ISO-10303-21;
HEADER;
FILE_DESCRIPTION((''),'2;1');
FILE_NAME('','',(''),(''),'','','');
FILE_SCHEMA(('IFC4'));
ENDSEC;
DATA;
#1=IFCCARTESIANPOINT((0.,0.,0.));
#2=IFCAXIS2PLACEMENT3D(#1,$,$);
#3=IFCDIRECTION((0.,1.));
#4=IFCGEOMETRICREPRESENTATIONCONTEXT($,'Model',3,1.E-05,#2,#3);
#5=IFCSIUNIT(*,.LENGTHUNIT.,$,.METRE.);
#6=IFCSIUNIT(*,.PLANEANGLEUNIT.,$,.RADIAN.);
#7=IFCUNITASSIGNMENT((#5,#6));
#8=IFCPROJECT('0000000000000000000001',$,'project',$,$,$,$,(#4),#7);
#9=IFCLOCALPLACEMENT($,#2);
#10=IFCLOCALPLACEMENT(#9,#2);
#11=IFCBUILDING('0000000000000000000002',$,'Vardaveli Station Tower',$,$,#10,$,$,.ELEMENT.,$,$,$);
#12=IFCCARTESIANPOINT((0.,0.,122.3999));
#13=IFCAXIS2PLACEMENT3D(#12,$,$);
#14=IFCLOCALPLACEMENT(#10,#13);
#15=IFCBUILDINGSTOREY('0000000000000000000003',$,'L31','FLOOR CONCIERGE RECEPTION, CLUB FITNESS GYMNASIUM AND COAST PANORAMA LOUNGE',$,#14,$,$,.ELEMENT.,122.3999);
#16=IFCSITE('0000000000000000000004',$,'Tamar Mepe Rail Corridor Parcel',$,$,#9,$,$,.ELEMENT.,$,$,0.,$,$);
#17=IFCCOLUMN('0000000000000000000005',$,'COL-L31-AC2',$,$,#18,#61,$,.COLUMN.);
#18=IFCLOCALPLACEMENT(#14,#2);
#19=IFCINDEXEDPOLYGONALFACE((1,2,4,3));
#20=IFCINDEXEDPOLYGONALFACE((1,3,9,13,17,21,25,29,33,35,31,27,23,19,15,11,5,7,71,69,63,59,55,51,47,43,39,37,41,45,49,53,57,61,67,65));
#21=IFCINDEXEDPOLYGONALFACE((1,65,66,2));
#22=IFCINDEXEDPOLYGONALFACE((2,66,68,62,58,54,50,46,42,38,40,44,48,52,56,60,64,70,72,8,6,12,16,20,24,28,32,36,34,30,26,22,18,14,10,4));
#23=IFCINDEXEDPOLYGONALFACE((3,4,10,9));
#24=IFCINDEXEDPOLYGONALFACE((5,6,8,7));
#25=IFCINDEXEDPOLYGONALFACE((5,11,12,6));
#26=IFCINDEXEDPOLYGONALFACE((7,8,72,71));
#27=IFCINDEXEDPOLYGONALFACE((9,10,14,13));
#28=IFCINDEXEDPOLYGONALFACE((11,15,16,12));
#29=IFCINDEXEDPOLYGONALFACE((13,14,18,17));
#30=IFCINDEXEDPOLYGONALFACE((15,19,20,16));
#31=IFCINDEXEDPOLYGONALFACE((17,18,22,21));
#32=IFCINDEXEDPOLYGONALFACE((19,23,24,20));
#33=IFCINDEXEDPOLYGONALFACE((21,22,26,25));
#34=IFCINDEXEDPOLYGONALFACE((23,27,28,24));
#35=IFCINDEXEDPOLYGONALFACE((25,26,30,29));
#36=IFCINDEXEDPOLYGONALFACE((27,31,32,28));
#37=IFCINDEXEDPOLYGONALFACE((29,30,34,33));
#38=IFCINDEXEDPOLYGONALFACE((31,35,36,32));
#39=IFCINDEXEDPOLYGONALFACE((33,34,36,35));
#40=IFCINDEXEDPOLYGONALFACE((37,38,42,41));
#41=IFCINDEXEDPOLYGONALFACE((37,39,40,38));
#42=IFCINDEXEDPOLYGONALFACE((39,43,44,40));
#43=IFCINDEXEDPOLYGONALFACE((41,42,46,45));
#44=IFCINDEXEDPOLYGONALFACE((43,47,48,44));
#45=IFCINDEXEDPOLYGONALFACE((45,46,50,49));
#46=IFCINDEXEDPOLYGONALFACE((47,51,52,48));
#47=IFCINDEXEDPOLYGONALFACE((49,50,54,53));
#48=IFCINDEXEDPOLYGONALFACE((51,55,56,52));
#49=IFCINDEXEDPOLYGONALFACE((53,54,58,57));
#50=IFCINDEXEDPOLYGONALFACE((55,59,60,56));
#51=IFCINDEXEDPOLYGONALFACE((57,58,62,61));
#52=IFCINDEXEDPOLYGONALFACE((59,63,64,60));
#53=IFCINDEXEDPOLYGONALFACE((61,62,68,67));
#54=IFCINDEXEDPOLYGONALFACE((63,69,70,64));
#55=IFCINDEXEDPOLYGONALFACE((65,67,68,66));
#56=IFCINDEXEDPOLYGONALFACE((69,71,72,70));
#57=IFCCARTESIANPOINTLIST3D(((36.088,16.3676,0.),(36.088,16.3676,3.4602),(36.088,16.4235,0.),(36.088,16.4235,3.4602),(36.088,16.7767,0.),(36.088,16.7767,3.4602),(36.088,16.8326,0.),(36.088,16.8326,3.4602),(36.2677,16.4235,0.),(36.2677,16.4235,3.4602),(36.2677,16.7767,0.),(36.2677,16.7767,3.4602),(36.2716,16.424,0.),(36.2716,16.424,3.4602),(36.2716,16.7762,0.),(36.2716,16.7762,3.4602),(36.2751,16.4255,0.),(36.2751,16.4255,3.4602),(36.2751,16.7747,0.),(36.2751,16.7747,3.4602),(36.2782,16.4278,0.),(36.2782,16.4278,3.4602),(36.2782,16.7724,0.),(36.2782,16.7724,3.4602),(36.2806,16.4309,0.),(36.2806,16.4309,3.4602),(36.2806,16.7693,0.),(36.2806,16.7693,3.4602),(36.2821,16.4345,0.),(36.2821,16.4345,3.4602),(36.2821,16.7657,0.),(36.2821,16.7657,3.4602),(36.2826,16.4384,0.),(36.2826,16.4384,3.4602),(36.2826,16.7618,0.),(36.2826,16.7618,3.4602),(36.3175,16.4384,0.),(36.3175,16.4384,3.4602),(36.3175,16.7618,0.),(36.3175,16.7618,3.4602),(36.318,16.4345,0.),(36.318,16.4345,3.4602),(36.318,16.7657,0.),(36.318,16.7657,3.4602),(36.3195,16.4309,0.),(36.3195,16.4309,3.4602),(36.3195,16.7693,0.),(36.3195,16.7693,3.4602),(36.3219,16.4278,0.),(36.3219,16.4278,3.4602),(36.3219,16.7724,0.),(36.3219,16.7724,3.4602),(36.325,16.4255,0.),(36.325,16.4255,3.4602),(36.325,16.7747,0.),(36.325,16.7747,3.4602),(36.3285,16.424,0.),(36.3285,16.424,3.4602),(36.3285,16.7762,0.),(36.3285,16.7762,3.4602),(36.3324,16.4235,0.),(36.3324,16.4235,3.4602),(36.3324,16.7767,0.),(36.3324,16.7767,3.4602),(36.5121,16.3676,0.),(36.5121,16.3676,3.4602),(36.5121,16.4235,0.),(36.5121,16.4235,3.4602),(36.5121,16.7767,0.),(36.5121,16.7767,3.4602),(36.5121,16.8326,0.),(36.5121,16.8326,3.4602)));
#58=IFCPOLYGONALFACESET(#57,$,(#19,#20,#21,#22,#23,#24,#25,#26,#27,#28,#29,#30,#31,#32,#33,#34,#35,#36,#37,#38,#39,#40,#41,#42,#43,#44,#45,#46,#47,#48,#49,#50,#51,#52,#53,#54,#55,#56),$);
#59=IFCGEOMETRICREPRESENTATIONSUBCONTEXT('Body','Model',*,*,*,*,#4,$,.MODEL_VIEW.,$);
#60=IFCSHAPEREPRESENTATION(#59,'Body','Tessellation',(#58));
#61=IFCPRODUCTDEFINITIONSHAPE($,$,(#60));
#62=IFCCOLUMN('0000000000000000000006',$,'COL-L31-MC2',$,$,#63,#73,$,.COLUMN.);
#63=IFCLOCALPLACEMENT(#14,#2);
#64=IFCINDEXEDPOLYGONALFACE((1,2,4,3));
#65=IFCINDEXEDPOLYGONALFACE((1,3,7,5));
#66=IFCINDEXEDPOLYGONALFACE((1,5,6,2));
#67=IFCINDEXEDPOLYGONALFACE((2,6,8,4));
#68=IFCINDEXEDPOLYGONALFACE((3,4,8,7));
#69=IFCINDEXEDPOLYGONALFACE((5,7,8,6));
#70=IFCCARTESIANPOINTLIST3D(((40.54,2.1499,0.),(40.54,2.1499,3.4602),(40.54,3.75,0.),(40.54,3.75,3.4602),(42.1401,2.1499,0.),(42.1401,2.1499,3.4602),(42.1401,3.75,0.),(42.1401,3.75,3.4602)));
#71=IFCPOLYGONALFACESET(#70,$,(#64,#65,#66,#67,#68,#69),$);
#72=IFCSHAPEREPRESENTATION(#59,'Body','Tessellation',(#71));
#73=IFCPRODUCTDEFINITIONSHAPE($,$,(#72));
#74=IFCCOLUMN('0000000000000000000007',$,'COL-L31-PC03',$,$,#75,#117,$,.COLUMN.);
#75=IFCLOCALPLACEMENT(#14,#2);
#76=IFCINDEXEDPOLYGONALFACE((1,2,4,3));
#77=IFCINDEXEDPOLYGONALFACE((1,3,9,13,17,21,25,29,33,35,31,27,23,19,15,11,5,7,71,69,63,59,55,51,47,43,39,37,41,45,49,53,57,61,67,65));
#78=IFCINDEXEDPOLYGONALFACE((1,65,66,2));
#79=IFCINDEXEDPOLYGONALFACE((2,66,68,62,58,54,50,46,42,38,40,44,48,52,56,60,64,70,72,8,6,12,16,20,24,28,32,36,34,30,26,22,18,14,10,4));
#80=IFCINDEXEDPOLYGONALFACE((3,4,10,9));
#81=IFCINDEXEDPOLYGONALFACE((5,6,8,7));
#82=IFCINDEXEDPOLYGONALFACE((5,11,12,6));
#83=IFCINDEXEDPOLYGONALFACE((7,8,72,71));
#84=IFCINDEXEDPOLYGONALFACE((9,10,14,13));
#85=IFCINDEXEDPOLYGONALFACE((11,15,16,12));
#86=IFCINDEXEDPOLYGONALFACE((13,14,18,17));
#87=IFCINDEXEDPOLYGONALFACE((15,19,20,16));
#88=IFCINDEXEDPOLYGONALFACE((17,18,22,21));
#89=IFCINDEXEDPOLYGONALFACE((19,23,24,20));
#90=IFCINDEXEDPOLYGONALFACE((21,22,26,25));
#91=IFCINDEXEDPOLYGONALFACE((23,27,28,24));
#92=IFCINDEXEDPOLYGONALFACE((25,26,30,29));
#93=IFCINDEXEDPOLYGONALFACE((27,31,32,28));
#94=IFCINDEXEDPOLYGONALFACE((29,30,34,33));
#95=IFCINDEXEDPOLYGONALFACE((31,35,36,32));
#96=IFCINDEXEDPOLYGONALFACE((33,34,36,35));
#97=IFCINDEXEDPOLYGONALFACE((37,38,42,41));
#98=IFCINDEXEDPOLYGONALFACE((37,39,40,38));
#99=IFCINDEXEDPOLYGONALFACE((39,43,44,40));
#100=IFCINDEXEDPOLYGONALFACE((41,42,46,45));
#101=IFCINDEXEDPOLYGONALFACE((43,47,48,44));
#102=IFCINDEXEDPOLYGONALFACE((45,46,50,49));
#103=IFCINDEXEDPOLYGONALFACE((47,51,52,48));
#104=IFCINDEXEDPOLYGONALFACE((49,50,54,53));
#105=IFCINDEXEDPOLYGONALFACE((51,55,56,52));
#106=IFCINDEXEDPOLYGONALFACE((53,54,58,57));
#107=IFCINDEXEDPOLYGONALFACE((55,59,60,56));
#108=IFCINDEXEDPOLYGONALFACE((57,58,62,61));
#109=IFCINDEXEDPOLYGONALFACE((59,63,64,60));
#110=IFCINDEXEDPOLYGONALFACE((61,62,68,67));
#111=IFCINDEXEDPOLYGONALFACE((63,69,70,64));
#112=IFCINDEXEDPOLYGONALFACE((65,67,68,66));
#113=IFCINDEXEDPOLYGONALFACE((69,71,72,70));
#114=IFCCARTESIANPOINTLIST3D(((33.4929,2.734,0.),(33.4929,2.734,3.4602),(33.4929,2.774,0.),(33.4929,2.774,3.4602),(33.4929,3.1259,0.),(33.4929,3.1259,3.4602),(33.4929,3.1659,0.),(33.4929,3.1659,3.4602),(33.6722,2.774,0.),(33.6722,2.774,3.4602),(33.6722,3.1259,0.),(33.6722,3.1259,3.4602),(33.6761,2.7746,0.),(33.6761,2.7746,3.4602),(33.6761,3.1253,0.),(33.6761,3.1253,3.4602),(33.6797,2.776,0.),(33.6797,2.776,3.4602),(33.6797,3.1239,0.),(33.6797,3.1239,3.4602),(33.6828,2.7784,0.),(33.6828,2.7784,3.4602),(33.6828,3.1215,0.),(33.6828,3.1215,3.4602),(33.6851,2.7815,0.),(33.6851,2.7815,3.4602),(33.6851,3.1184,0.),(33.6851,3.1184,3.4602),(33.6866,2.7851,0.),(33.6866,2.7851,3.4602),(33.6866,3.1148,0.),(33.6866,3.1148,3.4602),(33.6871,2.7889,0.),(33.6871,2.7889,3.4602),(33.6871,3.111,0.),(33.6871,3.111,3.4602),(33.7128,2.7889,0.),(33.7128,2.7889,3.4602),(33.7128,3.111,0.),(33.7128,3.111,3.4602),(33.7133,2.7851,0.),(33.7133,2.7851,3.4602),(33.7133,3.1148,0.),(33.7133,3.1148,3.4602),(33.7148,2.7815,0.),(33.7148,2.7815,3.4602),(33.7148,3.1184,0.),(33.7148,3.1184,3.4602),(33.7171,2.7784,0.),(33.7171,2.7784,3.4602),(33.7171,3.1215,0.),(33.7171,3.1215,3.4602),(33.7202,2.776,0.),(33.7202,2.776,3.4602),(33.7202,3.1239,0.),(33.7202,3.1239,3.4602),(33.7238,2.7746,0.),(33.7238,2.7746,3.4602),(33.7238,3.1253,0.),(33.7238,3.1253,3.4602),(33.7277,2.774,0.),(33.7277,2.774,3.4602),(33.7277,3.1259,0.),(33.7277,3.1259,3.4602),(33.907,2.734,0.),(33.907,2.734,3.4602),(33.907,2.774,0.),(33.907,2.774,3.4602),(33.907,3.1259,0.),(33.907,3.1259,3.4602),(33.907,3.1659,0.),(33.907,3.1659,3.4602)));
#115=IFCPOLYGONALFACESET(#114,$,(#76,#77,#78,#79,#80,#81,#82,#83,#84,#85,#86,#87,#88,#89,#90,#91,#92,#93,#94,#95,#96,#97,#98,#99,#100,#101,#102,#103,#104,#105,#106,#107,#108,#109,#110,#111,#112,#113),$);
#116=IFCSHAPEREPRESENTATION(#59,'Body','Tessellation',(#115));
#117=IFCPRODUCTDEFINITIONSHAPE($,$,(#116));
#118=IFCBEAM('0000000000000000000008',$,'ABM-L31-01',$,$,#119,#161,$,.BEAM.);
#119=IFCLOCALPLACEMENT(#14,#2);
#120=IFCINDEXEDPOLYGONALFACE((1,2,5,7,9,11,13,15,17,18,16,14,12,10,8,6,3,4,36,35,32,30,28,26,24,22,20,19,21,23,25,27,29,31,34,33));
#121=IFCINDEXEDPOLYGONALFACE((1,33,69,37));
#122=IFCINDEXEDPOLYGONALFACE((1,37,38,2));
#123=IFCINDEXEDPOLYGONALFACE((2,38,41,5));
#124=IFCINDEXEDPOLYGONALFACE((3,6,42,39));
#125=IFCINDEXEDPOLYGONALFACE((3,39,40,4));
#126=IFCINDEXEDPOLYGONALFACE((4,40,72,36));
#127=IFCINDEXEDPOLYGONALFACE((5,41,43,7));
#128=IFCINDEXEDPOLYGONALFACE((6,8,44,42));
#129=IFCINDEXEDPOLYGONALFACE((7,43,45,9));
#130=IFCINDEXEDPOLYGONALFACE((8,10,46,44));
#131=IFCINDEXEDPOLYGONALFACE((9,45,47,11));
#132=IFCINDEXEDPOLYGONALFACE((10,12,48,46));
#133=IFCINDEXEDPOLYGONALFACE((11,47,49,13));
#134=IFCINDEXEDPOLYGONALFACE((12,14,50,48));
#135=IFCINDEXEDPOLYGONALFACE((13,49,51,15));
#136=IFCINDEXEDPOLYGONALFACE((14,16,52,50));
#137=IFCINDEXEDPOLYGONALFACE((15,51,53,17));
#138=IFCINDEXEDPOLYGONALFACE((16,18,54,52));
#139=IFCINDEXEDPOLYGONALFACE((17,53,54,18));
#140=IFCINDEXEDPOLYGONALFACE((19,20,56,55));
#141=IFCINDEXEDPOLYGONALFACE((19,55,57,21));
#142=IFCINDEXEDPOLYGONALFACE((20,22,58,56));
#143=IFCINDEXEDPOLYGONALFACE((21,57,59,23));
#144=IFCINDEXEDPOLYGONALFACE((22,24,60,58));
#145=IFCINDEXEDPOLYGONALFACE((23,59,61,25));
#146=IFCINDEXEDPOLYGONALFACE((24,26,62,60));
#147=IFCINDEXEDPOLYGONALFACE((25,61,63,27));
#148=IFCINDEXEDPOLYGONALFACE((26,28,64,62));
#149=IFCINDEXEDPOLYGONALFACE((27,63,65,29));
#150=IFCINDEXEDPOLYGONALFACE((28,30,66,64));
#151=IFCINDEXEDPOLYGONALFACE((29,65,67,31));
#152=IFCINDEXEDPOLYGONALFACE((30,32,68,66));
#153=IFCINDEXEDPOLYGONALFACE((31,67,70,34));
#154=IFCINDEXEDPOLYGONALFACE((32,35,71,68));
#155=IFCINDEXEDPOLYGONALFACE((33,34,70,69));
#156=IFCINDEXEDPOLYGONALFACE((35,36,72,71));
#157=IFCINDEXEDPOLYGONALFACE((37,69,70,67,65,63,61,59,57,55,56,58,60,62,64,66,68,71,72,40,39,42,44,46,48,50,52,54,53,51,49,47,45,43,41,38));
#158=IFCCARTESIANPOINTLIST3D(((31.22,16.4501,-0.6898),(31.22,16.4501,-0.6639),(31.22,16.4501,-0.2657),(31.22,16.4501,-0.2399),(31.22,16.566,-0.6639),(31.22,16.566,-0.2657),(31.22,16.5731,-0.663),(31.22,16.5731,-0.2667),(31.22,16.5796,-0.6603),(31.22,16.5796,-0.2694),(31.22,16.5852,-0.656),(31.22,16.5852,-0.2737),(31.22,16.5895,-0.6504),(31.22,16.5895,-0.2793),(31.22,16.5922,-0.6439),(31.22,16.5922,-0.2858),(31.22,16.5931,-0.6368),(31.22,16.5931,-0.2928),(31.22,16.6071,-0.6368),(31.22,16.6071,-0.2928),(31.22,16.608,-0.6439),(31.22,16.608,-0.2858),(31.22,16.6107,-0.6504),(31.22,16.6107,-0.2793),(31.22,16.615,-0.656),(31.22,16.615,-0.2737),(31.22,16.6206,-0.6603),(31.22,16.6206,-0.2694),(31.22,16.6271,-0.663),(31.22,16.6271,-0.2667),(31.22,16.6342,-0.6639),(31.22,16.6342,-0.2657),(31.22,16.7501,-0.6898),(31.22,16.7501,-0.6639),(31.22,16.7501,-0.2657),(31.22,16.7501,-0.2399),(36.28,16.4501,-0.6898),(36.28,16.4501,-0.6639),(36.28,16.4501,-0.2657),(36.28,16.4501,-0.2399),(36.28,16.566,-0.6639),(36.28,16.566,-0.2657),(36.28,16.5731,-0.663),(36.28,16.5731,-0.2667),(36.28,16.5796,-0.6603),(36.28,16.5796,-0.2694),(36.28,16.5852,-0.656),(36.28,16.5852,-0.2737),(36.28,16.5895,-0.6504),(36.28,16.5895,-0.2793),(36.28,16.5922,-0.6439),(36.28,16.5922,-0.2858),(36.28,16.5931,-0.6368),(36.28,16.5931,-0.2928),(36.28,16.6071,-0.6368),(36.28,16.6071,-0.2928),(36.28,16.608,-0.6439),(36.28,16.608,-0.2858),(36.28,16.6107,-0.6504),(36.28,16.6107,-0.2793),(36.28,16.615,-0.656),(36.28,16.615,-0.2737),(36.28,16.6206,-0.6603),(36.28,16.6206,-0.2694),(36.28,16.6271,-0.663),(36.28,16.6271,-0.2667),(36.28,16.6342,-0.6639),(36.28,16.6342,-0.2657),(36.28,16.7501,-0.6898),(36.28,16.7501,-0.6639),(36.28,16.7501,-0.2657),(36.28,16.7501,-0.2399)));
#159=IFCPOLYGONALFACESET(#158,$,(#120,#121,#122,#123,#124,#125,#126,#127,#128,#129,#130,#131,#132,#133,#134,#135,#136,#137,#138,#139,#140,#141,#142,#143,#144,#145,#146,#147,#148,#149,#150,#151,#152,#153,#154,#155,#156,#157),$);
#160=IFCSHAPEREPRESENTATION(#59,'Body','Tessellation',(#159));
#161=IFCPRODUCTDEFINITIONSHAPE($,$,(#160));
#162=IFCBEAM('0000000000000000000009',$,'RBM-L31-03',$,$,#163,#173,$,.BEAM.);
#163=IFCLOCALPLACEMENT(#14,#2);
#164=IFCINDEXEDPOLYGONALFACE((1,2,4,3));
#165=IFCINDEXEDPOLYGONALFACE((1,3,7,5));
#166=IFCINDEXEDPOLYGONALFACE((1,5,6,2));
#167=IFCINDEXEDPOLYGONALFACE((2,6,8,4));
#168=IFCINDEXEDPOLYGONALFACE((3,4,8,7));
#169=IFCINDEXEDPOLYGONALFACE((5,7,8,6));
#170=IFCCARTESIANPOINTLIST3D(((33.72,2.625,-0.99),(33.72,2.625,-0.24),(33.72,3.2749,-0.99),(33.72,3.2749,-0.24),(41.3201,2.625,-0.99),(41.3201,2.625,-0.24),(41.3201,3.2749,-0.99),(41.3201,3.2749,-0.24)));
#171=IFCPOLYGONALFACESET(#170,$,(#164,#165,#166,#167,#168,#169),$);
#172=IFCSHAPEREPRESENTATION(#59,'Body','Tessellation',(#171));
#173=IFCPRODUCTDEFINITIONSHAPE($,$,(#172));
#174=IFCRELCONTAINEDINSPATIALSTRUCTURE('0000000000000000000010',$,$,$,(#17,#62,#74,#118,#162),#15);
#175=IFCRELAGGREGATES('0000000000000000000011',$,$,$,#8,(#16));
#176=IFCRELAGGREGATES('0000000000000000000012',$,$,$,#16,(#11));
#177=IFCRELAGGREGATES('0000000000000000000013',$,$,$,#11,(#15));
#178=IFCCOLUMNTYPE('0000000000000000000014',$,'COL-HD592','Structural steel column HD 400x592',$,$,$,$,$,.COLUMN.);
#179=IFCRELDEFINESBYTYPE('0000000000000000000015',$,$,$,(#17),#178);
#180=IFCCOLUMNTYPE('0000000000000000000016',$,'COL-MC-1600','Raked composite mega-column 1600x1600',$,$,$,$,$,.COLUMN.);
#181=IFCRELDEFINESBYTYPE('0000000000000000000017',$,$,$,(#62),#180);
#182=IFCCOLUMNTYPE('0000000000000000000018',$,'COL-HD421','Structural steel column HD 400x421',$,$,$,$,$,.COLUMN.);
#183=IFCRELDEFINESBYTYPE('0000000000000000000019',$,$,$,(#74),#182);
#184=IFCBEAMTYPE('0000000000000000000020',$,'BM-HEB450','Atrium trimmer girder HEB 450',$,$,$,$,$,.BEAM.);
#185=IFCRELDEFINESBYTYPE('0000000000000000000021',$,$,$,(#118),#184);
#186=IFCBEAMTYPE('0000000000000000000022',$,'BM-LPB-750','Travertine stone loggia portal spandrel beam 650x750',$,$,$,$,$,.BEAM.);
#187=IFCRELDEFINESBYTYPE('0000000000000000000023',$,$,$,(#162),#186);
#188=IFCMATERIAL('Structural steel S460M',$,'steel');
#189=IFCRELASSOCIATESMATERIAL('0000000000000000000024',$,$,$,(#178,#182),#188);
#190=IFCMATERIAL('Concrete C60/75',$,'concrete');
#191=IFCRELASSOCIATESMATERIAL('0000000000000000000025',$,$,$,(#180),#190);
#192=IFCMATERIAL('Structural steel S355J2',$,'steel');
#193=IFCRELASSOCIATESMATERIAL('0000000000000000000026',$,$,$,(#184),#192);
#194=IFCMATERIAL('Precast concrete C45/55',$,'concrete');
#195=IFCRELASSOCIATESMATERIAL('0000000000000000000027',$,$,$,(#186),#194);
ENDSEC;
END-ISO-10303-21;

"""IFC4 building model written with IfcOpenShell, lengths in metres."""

from ifc_helpers import new_model, si_unit, direction, frame, origin, origin_2d, place, context, subcontext, project, spatial, rectangle, i_section, extrude, source, transform, mapped, material, material_profile, profile_set, type_object, element, save


model = new_model("IFC4")

# Units and contexts
model_context = context("Model", 3, precision=1e-05, world=origin(), true_north=direction((0.0, 1.0)))
body_context = subcontext(model_context, "Body", "Model", "MODEL_VIEW")
ifc_project = project(units=[si_unit("LENGTHUNIT", "METRE"), si_unit("PLANEANGLEUNIT", "RADIAN")], contexts=[model_context])

# Site, building, storey
site_placement = place(None, origin())
site = spatial("IfcSite", under=ifc_project, at=site_placement, Name="Tamar Mepe Rail Corridor Parcel", CompositionType="ELEMENT", RefElevation=0.0)
building_placement = place(site_placement, origin())
building = spatial("IfcBuilding", under=site, at=building_placement, Name="Vardaveli Station Tower", CompositionType="ELEMENT")
storey_placement = place(building_placement, frame((0.0, 0.0, 122.3999)))
storey = spatial("IfcBuildingStorey", under=building, at=storey_placement, Name="L31", Description="FLOOR CONCIERGE RECEPTION, CLUB FITNESS GYMNASIUM AND COAST PANORAMA LOUNGE", CompositionType="ELEMENT", Elevation=122.3999)

# Columns
ifc_material_1 = material(Name="Structural steel S460M", Category="steel")
ifc_material_profile_1 = material_profile(ifc_material_1, i_section(OverallWidth=0.4241, OverallDepth=0.4651, WebThickness=0.0349, FlangeThickness=0.0559, FilletRadius=0.0149, at=origin_2d()), Name="HD 400x592")
ifc_profile_set_1 = profile_set([ifc_material_profile_1], Name="Structural steel S460M")
column_type_1 = type_object("IfcColumnType", Name="COL-HD592", Description="Structural steel column HD 400x592", PredefinedType="COLUMN", material=ifc_profile_set_1)
shared_shape_1 = source(origin(), body_context, "Body", "SweptSolid", [
    extrude(i_section(OverallWidth=0.4241, OverallDepth=0.4651, WebThickness=0.0349, FlangeThickness=0.0559, FilletRadius=0.0149, at=origin_2d()), origin(), (0.0, 0.0, 1.0), 3.4602),
])
column_1_placement = place(storey_placement, frame((36.3, 16.6001, 0.0), z_axis=(0.0, 0.0, 1.0), x_axis=(1.0, 0.0, 0.0)))
element("IfcColumn", 1, at=column_1_placement, inside=storey, type_object=column_type_1, Name="COL-L31-AC2", PredefinedType="COLUMN", context=body_context, shape_type="MappedRepresentation", body=[
    mapped(shared_shape_1, transform((0.0, 0.0, 0.0), scale=1.0)),
])
ifc_material_2 = material(Name="Concrete C60/75", Category="concrete")
ifc_material_profile_2 = material_profile(ifc_material_2, rectangle(XDim=1.6001, YDim=1.6001, at=origin_2d()), Name="MC 1600x1600")
ifc_profile_set_2 = profile_set([ifc_material_profile_2], Name="Concrete C60/75")
column_type_2 = type_object("IfcColumnType", Name="COL-MC-1600", Description="Raked composite mega-column 1600x1600", PredefinedType="COLUMN", material=ifc_profile_set_2)
shared_shape_2 = source(origin(), body_context, "Body", "SweptSolid", [
    extrude(rectangle(XDim=1.6001, YDim=1.6001, at=origin_2d()), origin(), (0.0, 0.0, 1.0), 3.4602),
])
column_2_placement = place(storey_placement, frame((41.3401, 2.95, 0.0), z_axis=(0.0, 0.0, 1.0), x_axis=(1.0, 0.0, 0.0)))
element("IfcColumn", 2, at=column_2_placement, inside=storey, type_object=column_type_2, Name="COL-L31-MC2", PredefinedType="COLUMN", context=body_context, shape_type="MappedRepresentation", body=[
    mapped(shared_shape_2, transform((0.0, 0.0, 0.0), scale=1.0)),
])
ifc_material_profile_3 = material_profile(ifc_material_1, i_section(OverallWidth=0.4141, OverallDepth=0.4319, WebThickness=0.0256, FlangeThickness=0.04, FilletRadius=0.0149, at=origin_2d()), Name="HD 400x421")
ifc_profile_set_3 = profile_set([ifc_material_profile_3], Name="Structural steel S460M")
column_type_3 = type_object("IfcColumnType", Name="COL-HD421", Description="Structural steel column HD 400x421", PredefinedType="COLUMN", material=ifc_profile_set_3)
shared_shape_3 = source(origin(), body_context, "Body", "SweptSolid", [
    extrude(i_section(OverallWidth=0.4141, OverallDepth=0.4319, WebThickness=0.0256, FlangeThickness=0.04, FilletRadius=0.0149, at=origin_2d()), origin(), (0.0, 0.0, 1.0), 3.4602),
])
column_3_placement = place(storey_placement, frame((33.7, 2.95, 0.0), z_axis=(0.0, 0.0, 1.0), x_axis=(1.0, 0.0, 0.0)))
element("IfcColumn", 3, at=column_3_placement, inside=storey, type_object=column_type_3, Name="COL-L31-PC03", PredefinedType="COLUMN", context=body_context, shape_type="MappedRepresentation", body=[
    mapped(shared_shape_3, transform((0.0, 0.0, 0.0), scale=1.0)),
])

# Beams
ifc_material_3 = material(Name="Structural steel S355J2", Category="steel")
ifc_material_profile_4 = material_profile(ifc_material_3, i_section(OverallWidth=0.3, OverallDepth=0.45, WebThickness=0.0139, FlangeThickness=0.0259, FilletRadius=0.0271, at=origin_2d()), Name="HEB 450")
ifc_profile_set_4 = profile_set([ifc_material_profile_4], Name="Structural steel S355J2")
beam_type_1 = type_object("IfcBeamType", Name="BM-HEB450", Description="Atrium trimmer girder HEB 450", PredefinedType="BEAM", material=ifc_profile_set_4)
shared_shape_4 = source(origin(), body_context, "Body", "SweptSolid", [
    extrude(i_section(OverallWidth=0.3, OverallDepth=0.45, WebThickness=0.0139, FlangeThickness=0.0259, FilletRadius=0.0271, at=origin_2d()), origin(), (0.0, 0.0, 1.0), 5.0601),
])
beam_1_placement = place(storey_placement, frame((31.22, 16.6001, -0.4648), z_axis=(1.0, 0.0, 0.0), x_axis=(0.0, 1.0, 0.0)))
element("IfcBeam", 4, at=beam_1_placement, inside=storey, type_object=beam_type_1, Name="ABM-L31-01", PredefinedType="BEAM", context=body_context, shape_type="MappedRepresentation", body=[
    mapped(shared_shape_4, transform((0.0, 0.0, 0.0), scale=1.0)),
])
ifc_material_4 = material(Name="Precast concrete C45/55", Category="concrete")
ifc_material_profile_5 = material_profile(ifc_material_4, rectangle(XDim=0.6499, YDim=0.75, at=origin_2d()), Name="LPB 650x750")
ifc_profile_set_5 = profile_set([ifc_material_profile_5], Name="Precast concrete C45/55")
beam_type_2 = type_object("IfcBeamType", Name="BM-LPB-750", Description="Travertine stone loggia portal spandrel beam 650x750", PredefinedType="BEAM", material=ifc_profile_set_5)
shared_shape_5 = source(origin(), body_context, "Body", "SweptSolid", [
    extrude(rectangle(XDim=0.6499, YDim=0.75, at=origin_2d()), origin(), (0.0, 0.0, 1.0), 7.6001),
])
beam_2_placement = place(storey_placement, frame((33.72, 2.95, -0.615), z_axis=(1.0, 0.0, 0.0), x_axis=(0.0, 1.0, 0.0)))
element("IfcBeam", 5, at=beam_2_placement, inside=storey, type_object=beam_type_2, Name="RBM-L31-03", PredefinedType="BEAM", context=body_context, shape_type="MappedRepresentation", body=[
    mapped(shared_shape_5, transform((0.0, 0.0, 0.0), scale=1.0)),
])

save(model, "model.ifc")
